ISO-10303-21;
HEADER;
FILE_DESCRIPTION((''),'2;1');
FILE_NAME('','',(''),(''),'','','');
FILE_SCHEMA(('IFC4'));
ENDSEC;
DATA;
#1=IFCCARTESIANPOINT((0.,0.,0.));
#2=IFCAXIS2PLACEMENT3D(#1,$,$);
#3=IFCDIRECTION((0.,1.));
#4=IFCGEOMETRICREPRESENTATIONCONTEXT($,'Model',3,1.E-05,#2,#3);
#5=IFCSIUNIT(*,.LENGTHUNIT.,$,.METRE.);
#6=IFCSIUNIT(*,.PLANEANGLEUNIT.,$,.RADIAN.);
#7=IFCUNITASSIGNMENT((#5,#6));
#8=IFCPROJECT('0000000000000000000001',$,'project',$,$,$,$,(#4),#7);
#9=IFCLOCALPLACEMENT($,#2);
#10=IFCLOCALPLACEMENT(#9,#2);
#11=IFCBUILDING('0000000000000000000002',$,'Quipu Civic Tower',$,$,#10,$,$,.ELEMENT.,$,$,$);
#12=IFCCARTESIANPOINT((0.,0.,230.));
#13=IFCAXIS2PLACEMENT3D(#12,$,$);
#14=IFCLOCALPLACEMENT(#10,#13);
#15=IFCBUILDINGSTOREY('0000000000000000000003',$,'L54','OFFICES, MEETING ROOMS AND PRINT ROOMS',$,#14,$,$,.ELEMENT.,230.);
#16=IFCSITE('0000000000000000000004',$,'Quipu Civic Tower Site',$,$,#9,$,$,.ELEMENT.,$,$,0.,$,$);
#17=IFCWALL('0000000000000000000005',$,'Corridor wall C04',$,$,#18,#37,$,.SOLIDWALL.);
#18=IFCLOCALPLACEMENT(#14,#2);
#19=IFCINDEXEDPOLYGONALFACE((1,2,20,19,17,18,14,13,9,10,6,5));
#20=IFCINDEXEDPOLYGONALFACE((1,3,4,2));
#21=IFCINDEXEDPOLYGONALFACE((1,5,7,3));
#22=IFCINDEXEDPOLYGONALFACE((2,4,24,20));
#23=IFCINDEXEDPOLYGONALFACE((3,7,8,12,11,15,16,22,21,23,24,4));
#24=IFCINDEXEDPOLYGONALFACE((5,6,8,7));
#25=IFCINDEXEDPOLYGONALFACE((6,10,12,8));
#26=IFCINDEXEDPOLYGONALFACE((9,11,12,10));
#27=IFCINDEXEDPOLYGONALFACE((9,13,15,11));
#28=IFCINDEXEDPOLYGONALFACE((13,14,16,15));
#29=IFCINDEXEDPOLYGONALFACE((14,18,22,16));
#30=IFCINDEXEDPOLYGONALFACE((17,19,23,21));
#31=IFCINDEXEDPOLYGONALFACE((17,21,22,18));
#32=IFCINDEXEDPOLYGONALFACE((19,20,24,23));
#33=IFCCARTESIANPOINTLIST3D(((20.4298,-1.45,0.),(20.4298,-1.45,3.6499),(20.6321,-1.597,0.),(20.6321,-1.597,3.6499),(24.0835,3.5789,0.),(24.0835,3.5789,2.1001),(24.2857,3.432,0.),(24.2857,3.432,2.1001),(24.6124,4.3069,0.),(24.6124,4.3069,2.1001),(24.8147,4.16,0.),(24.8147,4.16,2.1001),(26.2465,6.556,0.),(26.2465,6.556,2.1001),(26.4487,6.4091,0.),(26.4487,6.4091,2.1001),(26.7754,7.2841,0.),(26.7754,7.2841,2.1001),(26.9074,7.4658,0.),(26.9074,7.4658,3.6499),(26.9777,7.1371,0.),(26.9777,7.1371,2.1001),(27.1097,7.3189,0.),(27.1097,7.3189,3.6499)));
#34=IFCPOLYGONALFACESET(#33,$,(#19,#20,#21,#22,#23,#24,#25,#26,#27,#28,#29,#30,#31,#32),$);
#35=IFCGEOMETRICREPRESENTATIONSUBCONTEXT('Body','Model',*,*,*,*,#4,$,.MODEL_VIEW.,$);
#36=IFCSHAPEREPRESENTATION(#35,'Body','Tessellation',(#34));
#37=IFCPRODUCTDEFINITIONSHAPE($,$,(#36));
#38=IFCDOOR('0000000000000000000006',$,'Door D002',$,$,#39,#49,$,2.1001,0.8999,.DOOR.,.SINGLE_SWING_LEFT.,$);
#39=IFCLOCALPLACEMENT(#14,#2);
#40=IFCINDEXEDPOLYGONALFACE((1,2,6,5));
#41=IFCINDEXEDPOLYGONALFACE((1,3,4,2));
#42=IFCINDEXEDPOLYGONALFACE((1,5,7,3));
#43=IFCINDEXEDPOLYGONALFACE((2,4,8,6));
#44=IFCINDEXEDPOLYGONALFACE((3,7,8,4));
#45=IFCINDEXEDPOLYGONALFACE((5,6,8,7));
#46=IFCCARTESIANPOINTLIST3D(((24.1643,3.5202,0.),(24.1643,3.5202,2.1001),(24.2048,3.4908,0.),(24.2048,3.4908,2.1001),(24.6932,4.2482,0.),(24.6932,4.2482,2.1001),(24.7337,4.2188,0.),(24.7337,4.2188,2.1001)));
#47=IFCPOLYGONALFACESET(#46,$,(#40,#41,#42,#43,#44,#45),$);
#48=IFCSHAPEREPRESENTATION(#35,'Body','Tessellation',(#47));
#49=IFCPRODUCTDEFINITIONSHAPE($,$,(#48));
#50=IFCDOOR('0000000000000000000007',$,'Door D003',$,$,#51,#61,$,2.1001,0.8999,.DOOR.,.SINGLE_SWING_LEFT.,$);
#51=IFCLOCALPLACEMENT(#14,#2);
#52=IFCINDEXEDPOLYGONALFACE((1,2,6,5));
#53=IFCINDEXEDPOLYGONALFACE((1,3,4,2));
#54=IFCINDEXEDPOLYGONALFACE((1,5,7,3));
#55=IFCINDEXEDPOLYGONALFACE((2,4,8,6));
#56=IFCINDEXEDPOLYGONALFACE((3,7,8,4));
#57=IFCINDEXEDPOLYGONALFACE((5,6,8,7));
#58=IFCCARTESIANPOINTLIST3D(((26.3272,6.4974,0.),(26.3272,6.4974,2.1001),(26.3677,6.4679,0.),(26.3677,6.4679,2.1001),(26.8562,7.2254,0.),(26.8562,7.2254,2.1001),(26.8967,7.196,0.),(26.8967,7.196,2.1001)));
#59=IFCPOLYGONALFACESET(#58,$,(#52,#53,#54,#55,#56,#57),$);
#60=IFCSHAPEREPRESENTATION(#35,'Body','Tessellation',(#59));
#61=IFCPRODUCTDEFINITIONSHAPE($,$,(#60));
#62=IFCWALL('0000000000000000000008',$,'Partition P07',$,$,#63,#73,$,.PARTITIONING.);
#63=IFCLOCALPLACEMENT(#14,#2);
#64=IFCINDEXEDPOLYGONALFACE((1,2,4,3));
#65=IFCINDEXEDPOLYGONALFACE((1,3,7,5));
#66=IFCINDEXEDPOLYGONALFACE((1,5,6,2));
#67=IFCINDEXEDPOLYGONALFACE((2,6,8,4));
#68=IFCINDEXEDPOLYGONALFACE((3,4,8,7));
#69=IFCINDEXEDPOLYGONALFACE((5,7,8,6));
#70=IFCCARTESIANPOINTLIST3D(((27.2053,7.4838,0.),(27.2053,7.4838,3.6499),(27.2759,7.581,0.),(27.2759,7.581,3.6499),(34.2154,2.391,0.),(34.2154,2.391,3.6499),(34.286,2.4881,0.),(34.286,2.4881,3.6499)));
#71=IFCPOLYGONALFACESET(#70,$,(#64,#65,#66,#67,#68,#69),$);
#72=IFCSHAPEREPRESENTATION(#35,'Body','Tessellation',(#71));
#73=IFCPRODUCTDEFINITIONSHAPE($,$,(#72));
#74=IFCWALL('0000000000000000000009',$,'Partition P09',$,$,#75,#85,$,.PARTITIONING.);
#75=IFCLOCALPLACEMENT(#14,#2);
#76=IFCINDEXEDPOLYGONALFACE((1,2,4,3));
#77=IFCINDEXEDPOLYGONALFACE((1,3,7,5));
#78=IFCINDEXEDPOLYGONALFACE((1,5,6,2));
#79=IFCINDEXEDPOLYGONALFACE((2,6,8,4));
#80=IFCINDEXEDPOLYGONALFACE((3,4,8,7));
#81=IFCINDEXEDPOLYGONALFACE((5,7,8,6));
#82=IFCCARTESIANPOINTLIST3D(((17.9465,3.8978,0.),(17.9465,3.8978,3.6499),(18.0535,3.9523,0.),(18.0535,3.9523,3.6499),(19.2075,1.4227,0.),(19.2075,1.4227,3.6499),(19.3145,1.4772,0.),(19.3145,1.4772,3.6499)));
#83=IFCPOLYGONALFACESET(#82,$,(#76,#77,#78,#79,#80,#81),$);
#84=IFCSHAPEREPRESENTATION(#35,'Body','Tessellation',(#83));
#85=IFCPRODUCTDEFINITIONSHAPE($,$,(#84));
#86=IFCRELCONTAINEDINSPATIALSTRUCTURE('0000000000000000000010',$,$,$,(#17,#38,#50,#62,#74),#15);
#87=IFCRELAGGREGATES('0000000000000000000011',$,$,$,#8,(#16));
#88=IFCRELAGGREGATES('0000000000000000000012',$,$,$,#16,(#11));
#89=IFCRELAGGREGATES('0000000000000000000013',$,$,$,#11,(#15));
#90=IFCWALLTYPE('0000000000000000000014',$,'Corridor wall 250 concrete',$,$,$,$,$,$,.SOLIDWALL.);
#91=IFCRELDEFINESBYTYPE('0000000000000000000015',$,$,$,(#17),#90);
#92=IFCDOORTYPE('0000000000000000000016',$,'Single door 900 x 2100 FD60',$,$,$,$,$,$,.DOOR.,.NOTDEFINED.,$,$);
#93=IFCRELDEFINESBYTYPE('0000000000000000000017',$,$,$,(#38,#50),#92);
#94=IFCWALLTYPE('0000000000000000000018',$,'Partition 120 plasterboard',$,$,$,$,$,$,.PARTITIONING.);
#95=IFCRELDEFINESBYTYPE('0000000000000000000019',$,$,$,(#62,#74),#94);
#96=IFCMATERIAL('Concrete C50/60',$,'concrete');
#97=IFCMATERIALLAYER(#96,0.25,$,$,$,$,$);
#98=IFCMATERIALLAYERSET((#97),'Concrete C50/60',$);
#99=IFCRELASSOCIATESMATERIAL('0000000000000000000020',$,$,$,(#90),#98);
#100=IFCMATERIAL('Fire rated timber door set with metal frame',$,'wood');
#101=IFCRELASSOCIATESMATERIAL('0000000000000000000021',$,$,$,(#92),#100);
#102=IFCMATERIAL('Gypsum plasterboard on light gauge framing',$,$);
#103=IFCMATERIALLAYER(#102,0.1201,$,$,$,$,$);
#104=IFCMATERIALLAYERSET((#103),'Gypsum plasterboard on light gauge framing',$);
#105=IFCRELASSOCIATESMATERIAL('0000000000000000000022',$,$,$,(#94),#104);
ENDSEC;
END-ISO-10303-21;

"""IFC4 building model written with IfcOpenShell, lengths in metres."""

from ifc_helpers import new_model, si_unit, direction, frame, frame_2d, origin, place, context, subcontext, project, spatial, rectangle, extrude, material, layer, layer_set, type_object, element, fill, save


model = new_model("IFC4")

# Units and contexts
model_context = context("Model", 3, precision=1e-05, world=origin(), true_north=direction((0.0, 1.0)))
body_context = subcontext(model_context, "Body", "Model", "MODEL_VIEW")
ifc_project = project(units=[si_unit("LENGTHUNIT", "METRE"), si_unit("PLANEANGLEUNIT", "RADIAN")], contexts=[model_context])

# Site, building, storey
site_placement = place(None, origin())
site = spatial("IfcSite", under=ifc_project, at=site_placement, Name="Quipu Civic Tower Site", CompositionType="ELEMENT", RefElevation=0.0)
building_placement = place(site_placement, origin())
building = spatial("IfcBuilding", under=site, at=building_placement, Name="Quipu Civic Tower", CompositionType="ELEMENT")
storey_placement = place(building_placement, frame((0.0, 0.0, 230.0)))
storey = spatial("IfcBuildingStorey", under=building, at=storey_placement, Name="L54", Description="OFFICES, MEETING ROOMS AND PRINT ROOMS", CompositionType="ELEMENT", Elevation=230.0)

# Shared definitions
ifc_material_1 = material(Name="Concrete C50/60", Category="concrete")
ifc_layer_1 = layer(ifc_material_1, 0.25)
ifc_layer_set_1 = layer_set([ifc_layer_1], Name="Concrete C50/60")
wall_type_1 = type_object("IfcWallType", Name="Corridor wall 250 concrete", PredefinedType="SOLIDWALL", material=ifc_layer_set_1)
ifc_material_2 = material(Name="Fire rated timber door set with metal frame", Category="wood")
door_type_1 = type_object("IfcDoorType", Name="Single door 900 x 2100 FD60", OperationType="NOTDEFINED", PredefinedType="DOOR", material=ifc_material_2)

# Wall, openings, doors
wall_1_placement = place(storey_placement, frame((27.0085, 7.3923, 0.0), z_axis=(0.0, 0.0, 1.0), x_axis=(-0.587776, -0.809023, 0.0)))
wall_1 = element("IfcWall", 1, at=wall_1_placement, inside=storey, type_object=wall_type_1, Name="Corridor wall C04", PredefinedType="SOLIDWALL", context=body_context, shape_type="SweptSolid", body=[
    extrude(rectangle(XDim=11.0205, YDim=0.25, at=frame_2d((5.5103, 0.0))), origin(), (0.0, 0.0, 1.0), 3.6499),
])
opening_1_placement = place(wall_1_placement, frame((3.9045, 0.0, 0.0)))
opening_1 = element("IfcOpeningElement", 2, at=opening_1_placement, cuts=wall_1, PredefinedType="OPENING", context=body_context, shape_type="SweptSolid", body=[
    extrude(rectangle(XDim=0.8999, YDim=2.1001, at=frame_2d((0.45, 1.05))), frame((0.0, 0.135, 0.0), z_axis=(0.0, -1.0, 0.0), x_axis=(1.0, 0.0, 0.0)), (0.0, 0.0, 1.0), 0.27),
])
opening_2_placement = place(wall_1_placement, frame((0.2246, 0.0, 0.0)))
opening_2 = element("IfcOpeningElement", 3, at=opening_2_placement, cuts=wall_1, PredefinedType="OPENING", context=body_context, shape_type="SweptSolid", body=[
    extrude(rectangle(XDim=0.8999, YDim=2.1001, at=frame_2d((0.45, 1.05))), frame((0.0, 0.135, 0.0), z_axis=(0.0, -1.0, 0.0), x_axis=(1.0, 0.0, 0.0)), (0.0, 0.0, 1.0), 0.27),
])
door_1_placement = place(opening_1_placement, origin())
door_1 = element("IfcDoor", 4, at=door_1_placement, inside=storey, type_object=door_type_1, Name="Door D002", OperationType="SINGLE_SWING_LEFT", OverallHeight=2.1001, OverallWidth=0.8999, PredefinedType="DOOR", context=body_context, shape_type="SweptSolid", body=[
    extrude(rectangle(XDim=0.8999, YDim=2.1001, at=frame_2d((0.45, 1.05))), frame((0.0, 0.0249, 0.0), z_axis=(0.0, -1.0, 0.0), x_axis=(1.0, 0.0, 0.0)), (0.0, 0.0, 1.0), 0.05),
])
fill(opening_1, door_1)
door_2_placement = place(opening_2_placement, origin())
door_2 = element("IfcDoor", 5, at=door_2_placement, inside=storey, type_object=door_type_1, Name="Door D003", OperationType="SINGLE_SWING_LEFT", OverallHeight=2.1001, OverallWidth=0.8999, PredefinedType="DOOR", context=body_context, shape_type="SweptSolid", body=[
    extrude(rectangle(XDim=0.8999, YDim=2.1001, at=frame_2d((0.45, 1.05))), frame((0.0, 0.0249, 0.0), z_axis=(0.0, -1.0, 0.0), x_axis=(1.0, 0.0, 0.0)), (0.0, 0.0, 1.0), 0.05),
])
fill(opening_2, door_2)

# Walls
ifc_material_3 = material(Name="Gypsum plasterboard on light gauge framing")
ifc_layer_2 = layer(ifc_material_3, 0.1201)
ifc_layer_set_2 = layer_set([ifc_layer_2], Name="Gypsum plasterboard on light gauge framing")
wall_type_2 = type_object("IfcWallType", Name="Partition 120 plasterboard", PredefinedType="PARTITIONING", material=ifc_layer_set_2)
wall_2_placement = place(storey_placement, frame((27.2405, 7.5325, 0.0), z_axis=(0.0, 0.0, 1.0), x_axis=(0.809033, -0.587763, 0.0)))
element("IfcWall", 6, at=wall_2_placement, inside=storey, type_object=wall_type_2, Name="Partition P07", PredefinedType="PARTITIONING", context=body_context, shape_type="SweptSolid", body=[
    extrude(rectangle(XDim=8.6648, YDim=0.1201, at=frame_2d((4.3325, 0.0))), origin(), (0.0, 0.0, 1.0), 3.6499),
])
wall_3_placement = place(storey_placement, frame((18.0, 3.925, 0.0), z_axis=(0.0, 0.0, 1.0), x_axis=(0.453951, -0.891027, 0.0)))
element("IfcWall", 7, at=wall_3_placement, inside=storey, type_object=wall_type_2, Name="Partition P09", PredefinedType="PARTITIONING", context=body_context, shape_type="SweptSolid", body=[
    extrude(rectangle(XDim=2.7778, YDim=0.1201, at=frame_2d((1.3889, 0.0))), origin(), (0.0, 0.0, 1.0), 3.6499),
])

save(model, "model.ifc")
